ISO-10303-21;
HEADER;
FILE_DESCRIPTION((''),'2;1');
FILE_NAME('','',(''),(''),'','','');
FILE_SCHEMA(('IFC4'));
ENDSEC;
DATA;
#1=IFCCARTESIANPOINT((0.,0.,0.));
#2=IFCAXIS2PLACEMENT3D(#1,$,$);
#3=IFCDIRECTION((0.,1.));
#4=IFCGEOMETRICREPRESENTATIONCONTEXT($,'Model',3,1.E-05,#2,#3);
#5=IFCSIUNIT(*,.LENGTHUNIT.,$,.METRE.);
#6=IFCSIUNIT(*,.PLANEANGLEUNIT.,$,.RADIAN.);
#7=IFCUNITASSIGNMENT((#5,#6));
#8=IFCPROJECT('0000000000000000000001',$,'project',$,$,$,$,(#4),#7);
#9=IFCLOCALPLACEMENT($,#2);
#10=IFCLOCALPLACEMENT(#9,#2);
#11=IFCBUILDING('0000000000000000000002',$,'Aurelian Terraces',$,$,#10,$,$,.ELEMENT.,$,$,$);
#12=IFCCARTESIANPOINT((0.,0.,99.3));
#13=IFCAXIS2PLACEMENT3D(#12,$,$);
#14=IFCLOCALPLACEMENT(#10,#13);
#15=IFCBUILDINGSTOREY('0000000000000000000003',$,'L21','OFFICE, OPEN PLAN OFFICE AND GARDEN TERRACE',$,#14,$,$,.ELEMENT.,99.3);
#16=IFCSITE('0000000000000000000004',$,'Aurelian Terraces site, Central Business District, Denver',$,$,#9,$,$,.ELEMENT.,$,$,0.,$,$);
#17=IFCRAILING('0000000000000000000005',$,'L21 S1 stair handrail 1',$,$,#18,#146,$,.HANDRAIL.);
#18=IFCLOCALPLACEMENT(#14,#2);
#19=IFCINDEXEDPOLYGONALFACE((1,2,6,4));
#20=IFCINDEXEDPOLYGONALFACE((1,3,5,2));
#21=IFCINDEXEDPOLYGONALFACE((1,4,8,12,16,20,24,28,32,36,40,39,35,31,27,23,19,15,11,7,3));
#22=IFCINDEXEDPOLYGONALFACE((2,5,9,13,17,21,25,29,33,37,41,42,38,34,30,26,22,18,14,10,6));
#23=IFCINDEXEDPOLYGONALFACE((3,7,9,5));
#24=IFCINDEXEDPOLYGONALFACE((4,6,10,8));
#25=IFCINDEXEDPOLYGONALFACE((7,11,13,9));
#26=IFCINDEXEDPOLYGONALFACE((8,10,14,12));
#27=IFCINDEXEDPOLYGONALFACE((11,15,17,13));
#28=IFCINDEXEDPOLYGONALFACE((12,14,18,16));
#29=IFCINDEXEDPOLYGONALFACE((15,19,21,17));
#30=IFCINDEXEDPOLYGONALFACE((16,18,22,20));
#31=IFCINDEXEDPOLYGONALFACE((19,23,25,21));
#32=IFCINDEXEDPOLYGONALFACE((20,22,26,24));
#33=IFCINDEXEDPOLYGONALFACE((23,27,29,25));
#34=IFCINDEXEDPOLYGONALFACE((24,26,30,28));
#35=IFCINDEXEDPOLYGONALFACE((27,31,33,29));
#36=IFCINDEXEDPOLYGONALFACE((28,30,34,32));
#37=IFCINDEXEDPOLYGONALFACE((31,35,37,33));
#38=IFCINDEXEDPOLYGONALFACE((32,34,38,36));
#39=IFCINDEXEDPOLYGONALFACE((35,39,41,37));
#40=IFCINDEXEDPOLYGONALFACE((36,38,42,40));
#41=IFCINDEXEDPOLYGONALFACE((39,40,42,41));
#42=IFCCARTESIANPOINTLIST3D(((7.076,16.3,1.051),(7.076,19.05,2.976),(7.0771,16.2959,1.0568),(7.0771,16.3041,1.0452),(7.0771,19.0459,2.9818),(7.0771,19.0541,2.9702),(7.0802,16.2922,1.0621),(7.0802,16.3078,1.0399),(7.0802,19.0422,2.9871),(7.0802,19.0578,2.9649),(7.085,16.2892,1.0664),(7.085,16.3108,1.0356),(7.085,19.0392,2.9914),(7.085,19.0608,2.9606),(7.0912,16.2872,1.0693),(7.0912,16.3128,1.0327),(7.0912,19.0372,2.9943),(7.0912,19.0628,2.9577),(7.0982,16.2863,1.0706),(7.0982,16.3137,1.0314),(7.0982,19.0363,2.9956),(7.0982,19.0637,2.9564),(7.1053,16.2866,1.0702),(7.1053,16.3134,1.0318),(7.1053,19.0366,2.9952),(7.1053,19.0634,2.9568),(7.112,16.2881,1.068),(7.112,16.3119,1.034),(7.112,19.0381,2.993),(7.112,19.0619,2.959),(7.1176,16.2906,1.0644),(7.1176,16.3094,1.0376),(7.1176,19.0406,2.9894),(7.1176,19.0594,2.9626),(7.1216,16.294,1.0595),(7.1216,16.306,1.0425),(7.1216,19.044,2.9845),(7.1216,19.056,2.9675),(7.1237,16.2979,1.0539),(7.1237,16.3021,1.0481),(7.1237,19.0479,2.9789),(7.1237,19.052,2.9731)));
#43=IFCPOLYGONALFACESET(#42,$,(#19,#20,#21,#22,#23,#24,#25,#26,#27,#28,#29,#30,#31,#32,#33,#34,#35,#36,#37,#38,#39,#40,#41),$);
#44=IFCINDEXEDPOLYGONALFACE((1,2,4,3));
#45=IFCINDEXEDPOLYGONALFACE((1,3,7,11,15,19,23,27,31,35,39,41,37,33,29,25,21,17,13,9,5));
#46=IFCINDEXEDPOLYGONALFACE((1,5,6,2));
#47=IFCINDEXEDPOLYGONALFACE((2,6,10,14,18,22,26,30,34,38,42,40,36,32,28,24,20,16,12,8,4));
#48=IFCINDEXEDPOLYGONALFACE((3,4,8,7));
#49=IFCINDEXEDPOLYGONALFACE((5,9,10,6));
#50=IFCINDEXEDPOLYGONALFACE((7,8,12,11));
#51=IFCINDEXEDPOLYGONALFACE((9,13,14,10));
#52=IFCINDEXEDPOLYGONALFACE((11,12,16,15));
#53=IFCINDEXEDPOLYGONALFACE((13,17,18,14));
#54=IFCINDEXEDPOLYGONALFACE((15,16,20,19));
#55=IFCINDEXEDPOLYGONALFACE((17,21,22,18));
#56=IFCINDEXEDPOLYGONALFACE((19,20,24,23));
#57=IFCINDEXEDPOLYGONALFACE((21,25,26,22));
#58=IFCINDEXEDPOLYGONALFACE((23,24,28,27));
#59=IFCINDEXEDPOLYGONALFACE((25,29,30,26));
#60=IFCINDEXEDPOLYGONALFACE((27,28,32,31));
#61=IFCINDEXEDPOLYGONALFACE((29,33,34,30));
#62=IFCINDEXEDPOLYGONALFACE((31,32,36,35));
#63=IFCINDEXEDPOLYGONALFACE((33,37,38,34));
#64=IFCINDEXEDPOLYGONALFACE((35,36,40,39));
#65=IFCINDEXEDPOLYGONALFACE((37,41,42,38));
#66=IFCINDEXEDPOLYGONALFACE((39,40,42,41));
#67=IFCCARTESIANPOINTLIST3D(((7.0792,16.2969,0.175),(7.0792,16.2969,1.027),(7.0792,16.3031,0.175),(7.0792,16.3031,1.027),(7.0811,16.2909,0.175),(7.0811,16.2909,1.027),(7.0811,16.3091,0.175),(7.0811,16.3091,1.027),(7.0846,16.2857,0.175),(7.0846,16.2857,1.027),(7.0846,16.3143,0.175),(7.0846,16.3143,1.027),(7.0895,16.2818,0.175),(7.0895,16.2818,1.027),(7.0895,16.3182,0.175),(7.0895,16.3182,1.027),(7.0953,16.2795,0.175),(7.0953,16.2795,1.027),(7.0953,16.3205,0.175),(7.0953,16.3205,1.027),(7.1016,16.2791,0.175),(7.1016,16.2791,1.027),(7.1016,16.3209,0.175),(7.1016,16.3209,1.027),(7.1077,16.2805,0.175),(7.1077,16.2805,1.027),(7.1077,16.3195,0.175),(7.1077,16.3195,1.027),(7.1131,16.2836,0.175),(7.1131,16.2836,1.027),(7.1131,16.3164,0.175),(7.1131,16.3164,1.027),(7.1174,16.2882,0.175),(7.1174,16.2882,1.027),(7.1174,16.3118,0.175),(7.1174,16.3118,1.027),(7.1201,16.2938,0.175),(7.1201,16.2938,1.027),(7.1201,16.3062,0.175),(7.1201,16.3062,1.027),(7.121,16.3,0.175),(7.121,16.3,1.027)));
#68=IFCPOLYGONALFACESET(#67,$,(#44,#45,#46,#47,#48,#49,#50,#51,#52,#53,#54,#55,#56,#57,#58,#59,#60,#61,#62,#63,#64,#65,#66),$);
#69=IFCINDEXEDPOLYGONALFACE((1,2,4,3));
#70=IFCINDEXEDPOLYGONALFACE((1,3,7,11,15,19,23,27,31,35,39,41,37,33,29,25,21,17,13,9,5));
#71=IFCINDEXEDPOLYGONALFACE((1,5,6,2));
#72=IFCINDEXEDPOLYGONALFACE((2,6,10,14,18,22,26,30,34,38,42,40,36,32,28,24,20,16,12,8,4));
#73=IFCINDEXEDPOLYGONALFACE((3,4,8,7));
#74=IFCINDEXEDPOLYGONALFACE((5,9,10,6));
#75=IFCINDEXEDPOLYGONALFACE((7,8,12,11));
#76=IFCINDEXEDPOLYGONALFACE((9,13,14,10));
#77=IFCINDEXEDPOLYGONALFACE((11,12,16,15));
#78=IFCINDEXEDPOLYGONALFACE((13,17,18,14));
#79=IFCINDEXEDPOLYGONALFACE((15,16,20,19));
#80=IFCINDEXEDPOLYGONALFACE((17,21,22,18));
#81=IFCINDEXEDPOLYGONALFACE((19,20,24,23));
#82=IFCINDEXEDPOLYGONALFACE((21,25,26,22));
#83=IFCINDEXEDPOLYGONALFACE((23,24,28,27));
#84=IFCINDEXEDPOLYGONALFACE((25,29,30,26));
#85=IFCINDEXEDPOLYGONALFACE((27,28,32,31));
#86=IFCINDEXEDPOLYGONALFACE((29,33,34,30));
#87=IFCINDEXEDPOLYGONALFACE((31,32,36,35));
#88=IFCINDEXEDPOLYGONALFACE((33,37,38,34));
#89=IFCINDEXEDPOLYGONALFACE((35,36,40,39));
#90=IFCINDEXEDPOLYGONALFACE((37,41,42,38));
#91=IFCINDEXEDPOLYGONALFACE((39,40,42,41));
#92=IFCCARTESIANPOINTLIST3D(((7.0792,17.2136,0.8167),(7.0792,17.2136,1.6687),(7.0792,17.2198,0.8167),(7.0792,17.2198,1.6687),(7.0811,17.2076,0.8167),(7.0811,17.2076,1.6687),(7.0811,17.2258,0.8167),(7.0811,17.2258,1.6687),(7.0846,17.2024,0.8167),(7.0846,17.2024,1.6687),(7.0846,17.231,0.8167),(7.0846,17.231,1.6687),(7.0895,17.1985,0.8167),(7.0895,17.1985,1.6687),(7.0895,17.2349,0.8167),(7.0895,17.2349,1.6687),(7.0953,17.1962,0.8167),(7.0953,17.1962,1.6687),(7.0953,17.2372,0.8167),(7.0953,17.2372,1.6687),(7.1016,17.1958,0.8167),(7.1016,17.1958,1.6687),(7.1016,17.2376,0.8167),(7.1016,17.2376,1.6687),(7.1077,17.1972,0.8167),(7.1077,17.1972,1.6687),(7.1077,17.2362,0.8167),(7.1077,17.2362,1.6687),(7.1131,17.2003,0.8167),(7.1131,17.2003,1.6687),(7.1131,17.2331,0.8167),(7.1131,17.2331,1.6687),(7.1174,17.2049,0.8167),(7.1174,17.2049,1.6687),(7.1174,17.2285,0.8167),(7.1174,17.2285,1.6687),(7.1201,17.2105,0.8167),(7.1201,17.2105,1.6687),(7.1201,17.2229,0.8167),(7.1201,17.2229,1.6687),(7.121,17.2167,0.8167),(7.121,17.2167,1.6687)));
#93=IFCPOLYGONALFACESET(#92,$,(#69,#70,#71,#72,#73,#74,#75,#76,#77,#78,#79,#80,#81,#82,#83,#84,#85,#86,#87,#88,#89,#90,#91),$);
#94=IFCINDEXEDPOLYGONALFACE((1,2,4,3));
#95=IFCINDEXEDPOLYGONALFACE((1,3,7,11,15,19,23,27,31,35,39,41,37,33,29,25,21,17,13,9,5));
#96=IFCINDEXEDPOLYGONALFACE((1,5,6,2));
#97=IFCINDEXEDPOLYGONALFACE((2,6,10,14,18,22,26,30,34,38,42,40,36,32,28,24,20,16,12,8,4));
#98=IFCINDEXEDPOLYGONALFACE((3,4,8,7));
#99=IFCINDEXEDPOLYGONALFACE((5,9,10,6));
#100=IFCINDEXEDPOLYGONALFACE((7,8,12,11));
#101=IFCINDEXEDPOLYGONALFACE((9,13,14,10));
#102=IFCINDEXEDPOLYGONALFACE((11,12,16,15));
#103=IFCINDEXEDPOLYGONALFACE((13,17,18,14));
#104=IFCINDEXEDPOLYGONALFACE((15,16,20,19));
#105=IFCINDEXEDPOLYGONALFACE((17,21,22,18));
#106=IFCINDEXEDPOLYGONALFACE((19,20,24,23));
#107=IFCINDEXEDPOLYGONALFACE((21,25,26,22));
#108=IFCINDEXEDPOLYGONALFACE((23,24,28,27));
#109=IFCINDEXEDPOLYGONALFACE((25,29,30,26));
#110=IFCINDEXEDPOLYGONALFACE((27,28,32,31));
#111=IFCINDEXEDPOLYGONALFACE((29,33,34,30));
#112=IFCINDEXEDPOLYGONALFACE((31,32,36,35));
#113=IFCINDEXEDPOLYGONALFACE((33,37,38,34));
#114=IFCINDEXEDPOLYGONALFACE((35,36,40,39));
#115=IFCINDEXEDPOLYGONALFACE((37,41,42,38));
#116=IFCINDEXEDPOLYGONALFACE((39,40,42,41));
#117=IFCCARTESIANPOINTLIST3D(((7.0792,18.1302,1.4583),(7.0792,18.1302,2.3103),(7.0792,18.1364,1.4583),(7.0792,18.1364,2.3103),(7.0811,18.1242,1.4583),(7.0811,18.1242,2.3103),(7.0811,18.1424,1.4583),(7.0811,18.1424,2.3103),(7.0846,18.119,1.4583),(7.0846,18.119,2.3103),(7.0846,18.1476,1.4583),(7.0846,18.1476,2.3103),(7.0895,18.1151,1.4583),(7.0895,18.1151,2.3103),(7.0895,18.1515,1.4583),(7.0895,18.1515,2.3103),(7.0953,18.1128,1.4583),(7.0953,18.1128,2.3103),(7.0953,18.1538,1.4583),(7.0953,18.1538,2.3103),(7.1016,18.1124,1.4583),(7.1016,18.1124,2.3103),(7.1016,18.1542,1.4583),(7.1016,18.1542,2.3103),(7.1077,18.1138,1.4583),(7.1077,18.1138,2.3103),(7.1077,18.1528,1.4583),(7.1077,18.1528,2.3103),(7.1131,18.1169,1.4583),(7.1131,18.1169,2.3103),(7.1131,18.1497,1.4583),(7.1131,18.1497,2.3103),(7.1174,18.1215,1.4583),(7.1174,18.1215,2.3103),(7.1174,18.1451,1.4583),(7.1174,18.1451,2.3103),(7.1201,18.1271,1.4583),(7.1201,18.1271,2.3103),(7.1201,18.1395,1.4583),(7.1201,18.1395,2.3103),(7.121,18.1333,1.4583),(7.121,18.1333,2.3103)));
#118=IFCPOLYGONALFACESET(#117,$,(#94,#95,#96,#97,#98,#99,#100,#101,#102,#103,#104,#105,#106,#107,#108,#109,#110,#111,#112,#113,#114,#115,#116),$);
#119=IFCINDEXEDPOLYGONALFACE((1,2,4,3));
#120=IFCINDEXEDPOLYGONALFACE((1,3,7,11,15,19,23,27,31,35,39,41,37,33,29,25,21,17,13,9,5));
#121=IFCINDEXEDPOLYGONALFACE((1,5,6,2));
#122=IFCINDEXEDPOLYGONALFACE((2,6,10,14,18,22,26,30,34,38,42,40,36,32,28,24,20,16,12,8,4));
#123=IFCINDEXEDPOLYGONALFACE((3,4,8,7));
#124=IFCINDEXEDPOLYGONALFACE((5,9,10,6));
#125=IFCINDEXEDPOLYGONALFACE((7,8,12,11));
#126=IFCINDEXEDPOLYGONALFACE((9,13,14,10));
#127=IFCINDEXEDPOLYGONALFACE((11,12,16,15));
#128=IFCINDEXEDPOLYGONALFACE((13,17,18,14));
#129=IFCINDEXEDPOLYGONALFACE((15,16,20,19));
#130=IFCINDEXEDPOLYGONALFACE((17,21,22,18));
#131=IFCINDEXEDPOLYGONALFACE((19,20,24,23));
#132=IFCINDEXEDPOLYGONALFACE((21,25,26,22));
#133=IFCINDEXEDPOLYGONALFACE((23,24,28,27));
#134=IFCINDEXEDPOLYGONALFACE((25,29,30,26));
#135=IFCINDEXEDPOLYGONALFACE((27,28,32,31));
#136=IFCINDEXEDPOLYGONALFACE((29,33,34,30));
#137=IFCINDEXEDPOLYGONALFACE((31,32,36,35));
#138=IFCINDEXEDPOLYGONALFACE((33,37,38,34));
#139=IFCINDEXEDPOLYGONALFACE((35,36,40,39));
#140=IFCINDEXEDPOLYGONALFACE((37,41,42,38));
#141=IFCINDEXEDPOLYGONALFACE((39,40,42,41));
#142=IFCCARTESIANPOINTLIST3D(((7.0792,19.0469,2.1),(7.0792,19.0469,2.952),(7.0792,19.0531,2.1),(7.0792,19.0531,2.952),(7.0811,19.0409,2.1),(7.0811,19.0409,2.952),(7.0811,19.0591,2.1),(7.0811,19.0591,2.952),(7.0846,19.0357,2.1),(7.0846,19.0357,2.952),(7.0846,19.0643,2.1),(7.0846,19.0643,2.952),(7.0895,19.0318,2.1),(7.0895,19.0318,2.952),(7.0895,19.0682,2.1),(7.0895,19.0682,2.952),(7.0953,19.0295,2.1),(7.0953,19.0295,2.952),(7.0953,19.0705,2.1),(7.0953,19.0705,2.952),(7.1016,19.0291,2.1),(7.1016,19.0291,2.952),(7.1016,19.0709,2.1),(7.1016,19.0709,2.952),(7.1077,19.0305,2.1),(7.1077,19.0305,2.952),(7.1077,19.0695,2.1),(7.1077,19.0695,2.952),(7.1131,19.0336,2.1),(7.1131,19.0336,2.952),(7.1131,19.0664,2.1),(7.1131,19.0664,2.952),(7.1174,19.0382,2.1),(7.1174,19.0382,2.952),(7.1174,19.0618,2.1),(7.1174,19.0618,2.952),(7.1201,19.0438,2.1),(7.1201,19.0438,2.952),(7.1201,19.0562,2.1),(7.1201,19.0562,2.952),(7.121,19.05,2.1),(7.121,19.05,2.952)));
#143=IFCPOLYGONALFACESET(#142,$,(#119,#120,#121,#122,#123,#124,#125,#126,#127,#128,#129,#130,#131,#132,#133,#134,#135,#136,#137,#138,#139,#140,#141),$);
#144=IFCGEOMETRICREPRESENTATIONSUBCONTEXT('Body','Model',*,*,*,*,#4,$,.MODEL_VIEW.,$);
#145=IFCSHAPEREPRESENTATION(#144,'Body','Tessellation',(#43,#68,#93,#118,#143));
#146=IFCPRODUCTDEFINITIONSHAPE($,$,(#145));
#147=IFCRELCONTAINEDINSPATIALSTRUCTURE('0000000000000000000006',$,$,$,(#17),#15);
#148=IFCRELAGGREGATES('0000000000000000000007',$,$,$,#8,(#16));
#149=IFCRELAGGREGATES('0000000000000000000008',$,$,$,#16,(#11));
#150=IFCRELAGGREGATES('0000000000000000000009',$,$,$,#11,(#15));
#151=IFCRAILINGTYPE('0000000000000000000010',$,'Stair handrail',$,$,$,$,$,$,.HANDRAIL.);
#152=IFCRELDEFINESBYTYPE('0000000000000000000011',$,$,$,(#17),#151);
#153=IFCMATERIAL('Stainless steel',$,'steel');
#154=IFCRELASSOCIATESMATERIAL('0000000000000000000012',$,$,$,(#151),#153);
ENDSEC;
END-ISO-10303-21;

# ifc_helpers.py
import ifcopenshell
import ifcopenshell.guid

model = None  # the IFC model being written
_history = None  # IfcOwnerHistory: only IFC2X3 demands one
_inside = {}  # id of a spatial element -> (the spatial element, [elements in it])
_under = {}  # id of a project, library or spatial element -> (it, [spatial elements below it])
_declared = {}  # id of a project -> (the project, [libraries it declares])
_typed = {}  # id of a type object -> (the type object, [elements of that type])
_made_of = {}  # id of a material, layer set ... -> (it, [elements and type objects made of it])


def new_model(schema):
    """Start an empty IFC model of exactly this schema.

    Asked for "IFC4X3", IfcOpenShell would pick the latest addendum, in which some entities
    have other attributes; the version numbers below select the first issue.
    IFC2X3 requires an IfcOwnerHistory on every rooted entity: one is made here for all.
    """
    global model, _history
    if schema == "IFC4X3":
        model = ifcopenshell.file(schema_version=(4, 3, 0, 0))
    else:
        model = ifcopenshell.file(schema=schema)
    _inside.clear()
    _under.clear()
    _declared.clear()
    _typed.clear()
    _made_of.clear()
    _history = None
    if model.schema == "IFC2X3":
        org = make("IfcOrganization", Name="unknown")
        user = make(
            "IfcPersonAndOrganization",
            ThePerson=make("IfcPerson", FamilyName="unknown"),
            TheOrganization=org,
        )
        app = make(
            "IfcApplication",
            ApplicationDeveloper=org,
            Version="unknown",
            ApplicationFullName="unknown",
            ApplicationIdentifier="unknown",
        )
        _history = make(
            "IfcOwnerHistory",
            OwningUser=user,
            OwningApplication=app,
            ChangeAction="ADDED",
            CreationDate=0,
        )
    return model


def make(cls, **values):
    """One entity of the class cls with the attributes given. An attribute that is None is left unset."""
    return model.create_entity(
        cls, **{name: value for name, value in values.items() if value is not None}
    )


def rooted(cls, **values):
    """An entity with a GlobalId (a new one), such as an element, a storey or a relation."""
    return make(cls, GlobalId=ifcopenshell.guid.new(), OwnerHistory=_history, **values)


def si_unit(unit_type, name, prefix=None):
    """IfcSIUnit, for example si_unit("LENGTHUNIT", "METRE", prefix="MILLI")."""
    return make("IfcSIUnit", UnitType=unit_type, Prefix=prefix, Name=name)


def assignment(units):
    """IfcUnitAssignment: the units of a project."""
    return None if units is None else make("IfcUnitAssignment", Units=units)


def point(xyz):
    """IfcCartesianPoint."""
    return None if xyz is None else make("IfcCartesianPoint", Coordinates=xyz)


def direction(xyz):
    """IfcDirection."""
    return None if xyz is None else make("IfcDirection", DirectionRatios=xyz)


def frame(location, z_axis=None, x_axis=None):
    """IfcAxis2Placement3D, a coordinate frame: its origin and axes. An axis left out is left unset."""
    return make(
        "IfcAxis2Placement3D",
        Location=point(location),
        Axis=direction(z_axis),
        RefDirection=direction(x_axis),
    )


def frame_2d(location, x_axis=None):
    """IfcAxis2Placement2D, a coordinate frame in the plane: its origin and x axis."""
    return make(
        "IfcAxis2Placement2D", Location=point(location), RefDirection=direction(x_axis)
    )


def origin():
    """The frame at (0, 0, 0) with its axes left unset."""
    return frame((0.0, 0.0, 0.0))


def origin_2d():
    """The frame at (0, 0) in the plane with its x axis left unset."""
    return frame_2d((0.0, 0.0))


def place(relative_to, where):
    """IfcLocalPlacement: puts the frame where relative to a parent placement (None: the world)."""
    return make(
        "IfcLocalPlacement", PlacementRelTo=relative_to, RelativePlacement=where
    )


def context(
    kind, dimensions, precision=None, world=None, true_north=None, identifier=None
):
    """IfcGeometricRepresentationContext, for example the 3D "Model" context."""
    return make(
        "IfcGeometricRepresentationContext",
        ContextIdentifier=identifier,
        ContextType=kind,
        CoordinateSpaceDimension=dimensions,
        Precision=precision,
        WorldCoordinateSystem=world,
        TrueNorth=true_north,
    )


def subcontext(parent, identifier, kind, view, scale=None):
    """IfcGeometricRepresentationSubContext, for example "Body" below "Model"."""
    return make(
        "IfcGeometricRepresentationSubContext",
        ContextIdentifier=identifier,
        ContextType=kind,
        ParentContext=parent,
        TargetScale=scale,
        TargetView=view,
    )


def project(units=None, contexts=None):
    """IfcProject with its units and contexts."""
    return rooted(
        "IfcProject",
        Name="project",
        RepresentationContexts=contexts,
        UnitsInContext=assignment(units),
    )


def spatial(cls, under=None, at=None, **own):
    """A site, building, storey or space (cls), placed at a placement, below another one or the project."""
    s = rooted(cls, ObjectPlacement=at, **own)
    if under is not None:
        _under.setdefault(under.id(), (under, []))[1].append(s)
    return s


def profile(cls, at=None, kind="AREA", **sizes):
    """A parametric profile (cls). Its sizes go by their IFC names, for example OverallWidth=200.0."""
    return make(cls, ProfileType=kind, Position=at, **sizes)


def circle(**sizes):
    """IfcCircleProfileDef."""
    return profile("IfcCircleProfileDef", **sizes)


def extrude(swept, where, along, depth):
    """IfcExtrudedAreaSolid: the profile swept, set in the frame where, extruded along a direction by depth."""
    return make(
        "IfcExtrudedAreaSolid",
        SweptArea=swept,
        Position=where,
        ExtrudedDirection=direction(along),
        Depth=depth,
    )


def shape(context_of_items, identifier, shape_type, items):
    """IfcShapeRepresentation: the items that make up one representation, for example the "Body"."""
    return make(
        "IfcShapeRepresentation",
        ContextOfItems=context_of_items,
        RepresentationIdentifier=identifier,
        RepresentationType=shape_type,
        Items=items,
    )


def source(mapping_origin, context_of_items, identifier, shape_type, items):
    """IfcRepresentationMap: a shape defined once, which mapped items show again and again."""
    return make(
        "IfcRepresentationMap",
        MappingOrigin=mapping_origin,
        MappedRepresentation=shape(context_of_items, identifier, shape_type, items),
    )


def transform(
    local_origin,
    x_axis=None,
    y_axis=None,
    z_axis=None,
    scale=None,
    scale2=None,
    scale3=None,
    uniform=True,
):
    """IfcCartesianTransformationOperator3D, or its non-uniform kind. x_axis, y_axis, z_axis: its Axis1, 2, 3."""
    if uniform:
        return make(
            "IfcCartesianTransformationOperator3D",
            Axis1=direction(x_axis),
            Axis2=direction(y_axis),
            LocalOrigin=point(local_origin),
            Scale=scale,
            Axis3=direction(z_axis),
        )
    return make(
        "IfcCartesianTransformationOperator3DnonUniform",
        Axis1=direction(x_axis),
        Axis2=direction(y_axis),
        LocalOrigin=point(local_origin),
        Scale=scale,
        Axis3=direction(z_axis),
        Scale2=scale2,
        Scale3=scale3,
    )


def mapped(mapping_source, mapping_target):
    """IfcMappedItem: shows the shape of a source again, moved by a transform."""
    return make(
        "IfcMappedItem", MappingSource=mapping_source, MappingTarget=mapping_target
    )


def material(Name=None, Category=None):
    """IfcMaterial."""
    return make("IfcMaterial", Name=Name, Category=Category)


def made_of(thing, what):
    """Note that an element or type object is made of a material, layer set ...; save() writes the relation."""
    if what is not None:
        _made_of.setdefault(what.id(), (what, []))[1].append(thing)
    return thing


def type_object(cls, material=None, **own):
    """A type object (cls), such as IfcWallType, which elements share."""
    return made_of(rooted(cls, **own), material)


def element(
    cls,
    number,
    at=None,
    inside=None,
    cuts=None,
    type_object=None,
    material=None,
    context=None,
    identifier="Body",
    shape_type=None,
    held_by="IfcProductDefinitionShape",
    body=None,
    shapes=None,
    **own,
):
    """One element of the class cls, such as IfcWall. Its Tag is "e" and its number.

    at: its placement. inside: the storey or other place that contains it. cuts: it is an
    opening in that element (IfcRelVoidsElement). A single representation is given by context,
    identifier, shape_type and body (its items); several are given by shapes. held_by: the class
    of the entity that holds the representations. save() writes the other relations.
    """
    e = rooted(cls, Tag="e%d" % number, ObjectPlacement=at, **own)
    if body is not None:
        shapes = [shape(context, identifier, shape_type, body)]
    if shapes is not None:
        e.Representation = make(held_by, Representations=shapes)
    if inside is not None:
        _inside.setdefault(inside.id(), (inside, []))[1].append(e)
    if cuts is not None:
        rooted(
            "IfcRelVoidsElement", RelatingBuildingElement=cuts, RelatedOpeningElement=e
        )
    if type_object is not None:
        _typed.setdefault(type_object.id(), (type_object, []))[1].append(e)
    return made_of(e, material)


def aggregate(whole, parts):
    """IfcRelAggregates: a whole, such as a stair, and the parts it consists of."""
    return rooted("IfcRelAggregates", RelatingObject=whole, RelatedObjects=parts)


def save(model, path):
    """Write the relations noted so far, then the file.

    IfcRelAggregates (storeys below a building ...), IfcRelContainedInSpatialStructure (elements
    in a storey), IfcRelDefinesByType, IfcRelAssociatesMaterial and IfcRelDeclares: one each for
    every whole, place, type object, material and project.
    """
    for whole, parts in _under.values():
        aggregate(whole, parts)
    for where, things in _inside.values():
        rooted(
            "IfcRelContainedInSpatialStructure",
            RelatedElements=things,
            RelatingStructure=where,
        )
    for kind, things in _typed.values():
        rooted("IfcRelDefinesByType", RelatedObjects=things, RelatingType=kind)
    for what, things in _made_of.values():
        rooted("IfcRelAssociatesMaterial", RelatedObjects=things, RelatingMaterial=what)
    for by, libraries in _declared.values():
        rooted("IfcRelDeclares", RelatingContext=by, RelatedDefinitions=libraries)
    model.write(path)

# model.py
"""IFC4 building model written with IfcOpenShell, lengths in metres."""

from ifc_helpers import new_model, si_unit, direction, frame, origin, origin_2d, place, context, subcontext, project, spatial, circle, extrude, source, transform, mapped, material, type_object, element, save


model = new_model("IFC4")

# Units and contexts
model_context = context("Model", 3, precision=1e-05, world=origin(), true_north=direction((0.0, 1.0)))
body_context = subcontext(model_context, "Body", "Model", "MODEL_VIEW")
ifc_project = project(units=[si_unit("LENGTHUNIT", "METRE"), si_unit("PLANEANGLEUNIT", "RADIAN")], contexts=[model_context])

# Site, building, storey
site_placement = place(None, origin())
site = spatial("IfcSite", under=ifc_project, at=site_placement, Name="Aurelian Terraces site, Central Business District, Denver", CompositionType="ELEMENT", RefElevation=0.0)
building_placement = place(site_placement, origin())
building = spatial("IfcBuilding", under=site, at=building_placement, Name="Aurelian Terraces", CompositionType="ELEMENT")
storey_placement = place(building_placement, frame((0.0, 0.0, 99.3)))
storey = spatial("IfcBuildingStorey", under=building, at=storey_placement, Name="L21", Description="OFFICE, OPEN PLAN OFFICE AND GARDEN TERRACE", CompositionType="ELEMENT", Elevation=99.3)

# Shared definitions
ifc_material_1 = material(Name="Stainless steel", Category="steel")

# Railing
railing_type_1 = type_object("IfcRailingType", Name="Stair handrail", PredefinedType="HANDRAIL", material=ifc_material_1)
shared_shape_1 = source(origin(), body_context, "Body", "SweptSolid", [
    extrude(circle(Radius=0.024, at=origin_2d()), frame((0.0, 0.0, 0.876), z_axis=(0.0, 0.819232, 0.573462), x_axis=(-1.0, 0.0, 0.0)), (0.0, 0.0, 1.0), 3.3568),
    extrude(circle(Radius=0.021, at=origin_2d()), origin(), (0.0, 0.0, 1.0), 0.852),
    extrude(circle(Radius=0.021, at=origin_2d()), frame((0.0, 0.9167, 0.6417)), (0.0, 0.0, 1.0), 0.852),
    extrude(circle(Radius=0.021, at=origin_2d()), frame((0.0, 1.8333, 1.2833)), (0.0, 0.0, 1.0), 0.852),
    extrude(circle(Radius=0.021, at=origin_2d()), frame((0.0, 2.75, 1.925)), (0.0, 0.0, 1.0), 0.852),
])
railing_1_placement = place(storey_placement, frame((7.1, 16.3, 0.175)))
element("IfcRailing", 1, at=railing_1_placement, inside=storey, type_object=railing_type_1, Name="L21 S1 stair handrail 1", PredefinedType="HANDRAIL", context=body_context, shape_type="MappedRepresentation", body=[
    mapped(shared_shape_1, transform((0.0, 0.0, 0.0), scale=1.0)),
])

save(model, "model.ifc")
